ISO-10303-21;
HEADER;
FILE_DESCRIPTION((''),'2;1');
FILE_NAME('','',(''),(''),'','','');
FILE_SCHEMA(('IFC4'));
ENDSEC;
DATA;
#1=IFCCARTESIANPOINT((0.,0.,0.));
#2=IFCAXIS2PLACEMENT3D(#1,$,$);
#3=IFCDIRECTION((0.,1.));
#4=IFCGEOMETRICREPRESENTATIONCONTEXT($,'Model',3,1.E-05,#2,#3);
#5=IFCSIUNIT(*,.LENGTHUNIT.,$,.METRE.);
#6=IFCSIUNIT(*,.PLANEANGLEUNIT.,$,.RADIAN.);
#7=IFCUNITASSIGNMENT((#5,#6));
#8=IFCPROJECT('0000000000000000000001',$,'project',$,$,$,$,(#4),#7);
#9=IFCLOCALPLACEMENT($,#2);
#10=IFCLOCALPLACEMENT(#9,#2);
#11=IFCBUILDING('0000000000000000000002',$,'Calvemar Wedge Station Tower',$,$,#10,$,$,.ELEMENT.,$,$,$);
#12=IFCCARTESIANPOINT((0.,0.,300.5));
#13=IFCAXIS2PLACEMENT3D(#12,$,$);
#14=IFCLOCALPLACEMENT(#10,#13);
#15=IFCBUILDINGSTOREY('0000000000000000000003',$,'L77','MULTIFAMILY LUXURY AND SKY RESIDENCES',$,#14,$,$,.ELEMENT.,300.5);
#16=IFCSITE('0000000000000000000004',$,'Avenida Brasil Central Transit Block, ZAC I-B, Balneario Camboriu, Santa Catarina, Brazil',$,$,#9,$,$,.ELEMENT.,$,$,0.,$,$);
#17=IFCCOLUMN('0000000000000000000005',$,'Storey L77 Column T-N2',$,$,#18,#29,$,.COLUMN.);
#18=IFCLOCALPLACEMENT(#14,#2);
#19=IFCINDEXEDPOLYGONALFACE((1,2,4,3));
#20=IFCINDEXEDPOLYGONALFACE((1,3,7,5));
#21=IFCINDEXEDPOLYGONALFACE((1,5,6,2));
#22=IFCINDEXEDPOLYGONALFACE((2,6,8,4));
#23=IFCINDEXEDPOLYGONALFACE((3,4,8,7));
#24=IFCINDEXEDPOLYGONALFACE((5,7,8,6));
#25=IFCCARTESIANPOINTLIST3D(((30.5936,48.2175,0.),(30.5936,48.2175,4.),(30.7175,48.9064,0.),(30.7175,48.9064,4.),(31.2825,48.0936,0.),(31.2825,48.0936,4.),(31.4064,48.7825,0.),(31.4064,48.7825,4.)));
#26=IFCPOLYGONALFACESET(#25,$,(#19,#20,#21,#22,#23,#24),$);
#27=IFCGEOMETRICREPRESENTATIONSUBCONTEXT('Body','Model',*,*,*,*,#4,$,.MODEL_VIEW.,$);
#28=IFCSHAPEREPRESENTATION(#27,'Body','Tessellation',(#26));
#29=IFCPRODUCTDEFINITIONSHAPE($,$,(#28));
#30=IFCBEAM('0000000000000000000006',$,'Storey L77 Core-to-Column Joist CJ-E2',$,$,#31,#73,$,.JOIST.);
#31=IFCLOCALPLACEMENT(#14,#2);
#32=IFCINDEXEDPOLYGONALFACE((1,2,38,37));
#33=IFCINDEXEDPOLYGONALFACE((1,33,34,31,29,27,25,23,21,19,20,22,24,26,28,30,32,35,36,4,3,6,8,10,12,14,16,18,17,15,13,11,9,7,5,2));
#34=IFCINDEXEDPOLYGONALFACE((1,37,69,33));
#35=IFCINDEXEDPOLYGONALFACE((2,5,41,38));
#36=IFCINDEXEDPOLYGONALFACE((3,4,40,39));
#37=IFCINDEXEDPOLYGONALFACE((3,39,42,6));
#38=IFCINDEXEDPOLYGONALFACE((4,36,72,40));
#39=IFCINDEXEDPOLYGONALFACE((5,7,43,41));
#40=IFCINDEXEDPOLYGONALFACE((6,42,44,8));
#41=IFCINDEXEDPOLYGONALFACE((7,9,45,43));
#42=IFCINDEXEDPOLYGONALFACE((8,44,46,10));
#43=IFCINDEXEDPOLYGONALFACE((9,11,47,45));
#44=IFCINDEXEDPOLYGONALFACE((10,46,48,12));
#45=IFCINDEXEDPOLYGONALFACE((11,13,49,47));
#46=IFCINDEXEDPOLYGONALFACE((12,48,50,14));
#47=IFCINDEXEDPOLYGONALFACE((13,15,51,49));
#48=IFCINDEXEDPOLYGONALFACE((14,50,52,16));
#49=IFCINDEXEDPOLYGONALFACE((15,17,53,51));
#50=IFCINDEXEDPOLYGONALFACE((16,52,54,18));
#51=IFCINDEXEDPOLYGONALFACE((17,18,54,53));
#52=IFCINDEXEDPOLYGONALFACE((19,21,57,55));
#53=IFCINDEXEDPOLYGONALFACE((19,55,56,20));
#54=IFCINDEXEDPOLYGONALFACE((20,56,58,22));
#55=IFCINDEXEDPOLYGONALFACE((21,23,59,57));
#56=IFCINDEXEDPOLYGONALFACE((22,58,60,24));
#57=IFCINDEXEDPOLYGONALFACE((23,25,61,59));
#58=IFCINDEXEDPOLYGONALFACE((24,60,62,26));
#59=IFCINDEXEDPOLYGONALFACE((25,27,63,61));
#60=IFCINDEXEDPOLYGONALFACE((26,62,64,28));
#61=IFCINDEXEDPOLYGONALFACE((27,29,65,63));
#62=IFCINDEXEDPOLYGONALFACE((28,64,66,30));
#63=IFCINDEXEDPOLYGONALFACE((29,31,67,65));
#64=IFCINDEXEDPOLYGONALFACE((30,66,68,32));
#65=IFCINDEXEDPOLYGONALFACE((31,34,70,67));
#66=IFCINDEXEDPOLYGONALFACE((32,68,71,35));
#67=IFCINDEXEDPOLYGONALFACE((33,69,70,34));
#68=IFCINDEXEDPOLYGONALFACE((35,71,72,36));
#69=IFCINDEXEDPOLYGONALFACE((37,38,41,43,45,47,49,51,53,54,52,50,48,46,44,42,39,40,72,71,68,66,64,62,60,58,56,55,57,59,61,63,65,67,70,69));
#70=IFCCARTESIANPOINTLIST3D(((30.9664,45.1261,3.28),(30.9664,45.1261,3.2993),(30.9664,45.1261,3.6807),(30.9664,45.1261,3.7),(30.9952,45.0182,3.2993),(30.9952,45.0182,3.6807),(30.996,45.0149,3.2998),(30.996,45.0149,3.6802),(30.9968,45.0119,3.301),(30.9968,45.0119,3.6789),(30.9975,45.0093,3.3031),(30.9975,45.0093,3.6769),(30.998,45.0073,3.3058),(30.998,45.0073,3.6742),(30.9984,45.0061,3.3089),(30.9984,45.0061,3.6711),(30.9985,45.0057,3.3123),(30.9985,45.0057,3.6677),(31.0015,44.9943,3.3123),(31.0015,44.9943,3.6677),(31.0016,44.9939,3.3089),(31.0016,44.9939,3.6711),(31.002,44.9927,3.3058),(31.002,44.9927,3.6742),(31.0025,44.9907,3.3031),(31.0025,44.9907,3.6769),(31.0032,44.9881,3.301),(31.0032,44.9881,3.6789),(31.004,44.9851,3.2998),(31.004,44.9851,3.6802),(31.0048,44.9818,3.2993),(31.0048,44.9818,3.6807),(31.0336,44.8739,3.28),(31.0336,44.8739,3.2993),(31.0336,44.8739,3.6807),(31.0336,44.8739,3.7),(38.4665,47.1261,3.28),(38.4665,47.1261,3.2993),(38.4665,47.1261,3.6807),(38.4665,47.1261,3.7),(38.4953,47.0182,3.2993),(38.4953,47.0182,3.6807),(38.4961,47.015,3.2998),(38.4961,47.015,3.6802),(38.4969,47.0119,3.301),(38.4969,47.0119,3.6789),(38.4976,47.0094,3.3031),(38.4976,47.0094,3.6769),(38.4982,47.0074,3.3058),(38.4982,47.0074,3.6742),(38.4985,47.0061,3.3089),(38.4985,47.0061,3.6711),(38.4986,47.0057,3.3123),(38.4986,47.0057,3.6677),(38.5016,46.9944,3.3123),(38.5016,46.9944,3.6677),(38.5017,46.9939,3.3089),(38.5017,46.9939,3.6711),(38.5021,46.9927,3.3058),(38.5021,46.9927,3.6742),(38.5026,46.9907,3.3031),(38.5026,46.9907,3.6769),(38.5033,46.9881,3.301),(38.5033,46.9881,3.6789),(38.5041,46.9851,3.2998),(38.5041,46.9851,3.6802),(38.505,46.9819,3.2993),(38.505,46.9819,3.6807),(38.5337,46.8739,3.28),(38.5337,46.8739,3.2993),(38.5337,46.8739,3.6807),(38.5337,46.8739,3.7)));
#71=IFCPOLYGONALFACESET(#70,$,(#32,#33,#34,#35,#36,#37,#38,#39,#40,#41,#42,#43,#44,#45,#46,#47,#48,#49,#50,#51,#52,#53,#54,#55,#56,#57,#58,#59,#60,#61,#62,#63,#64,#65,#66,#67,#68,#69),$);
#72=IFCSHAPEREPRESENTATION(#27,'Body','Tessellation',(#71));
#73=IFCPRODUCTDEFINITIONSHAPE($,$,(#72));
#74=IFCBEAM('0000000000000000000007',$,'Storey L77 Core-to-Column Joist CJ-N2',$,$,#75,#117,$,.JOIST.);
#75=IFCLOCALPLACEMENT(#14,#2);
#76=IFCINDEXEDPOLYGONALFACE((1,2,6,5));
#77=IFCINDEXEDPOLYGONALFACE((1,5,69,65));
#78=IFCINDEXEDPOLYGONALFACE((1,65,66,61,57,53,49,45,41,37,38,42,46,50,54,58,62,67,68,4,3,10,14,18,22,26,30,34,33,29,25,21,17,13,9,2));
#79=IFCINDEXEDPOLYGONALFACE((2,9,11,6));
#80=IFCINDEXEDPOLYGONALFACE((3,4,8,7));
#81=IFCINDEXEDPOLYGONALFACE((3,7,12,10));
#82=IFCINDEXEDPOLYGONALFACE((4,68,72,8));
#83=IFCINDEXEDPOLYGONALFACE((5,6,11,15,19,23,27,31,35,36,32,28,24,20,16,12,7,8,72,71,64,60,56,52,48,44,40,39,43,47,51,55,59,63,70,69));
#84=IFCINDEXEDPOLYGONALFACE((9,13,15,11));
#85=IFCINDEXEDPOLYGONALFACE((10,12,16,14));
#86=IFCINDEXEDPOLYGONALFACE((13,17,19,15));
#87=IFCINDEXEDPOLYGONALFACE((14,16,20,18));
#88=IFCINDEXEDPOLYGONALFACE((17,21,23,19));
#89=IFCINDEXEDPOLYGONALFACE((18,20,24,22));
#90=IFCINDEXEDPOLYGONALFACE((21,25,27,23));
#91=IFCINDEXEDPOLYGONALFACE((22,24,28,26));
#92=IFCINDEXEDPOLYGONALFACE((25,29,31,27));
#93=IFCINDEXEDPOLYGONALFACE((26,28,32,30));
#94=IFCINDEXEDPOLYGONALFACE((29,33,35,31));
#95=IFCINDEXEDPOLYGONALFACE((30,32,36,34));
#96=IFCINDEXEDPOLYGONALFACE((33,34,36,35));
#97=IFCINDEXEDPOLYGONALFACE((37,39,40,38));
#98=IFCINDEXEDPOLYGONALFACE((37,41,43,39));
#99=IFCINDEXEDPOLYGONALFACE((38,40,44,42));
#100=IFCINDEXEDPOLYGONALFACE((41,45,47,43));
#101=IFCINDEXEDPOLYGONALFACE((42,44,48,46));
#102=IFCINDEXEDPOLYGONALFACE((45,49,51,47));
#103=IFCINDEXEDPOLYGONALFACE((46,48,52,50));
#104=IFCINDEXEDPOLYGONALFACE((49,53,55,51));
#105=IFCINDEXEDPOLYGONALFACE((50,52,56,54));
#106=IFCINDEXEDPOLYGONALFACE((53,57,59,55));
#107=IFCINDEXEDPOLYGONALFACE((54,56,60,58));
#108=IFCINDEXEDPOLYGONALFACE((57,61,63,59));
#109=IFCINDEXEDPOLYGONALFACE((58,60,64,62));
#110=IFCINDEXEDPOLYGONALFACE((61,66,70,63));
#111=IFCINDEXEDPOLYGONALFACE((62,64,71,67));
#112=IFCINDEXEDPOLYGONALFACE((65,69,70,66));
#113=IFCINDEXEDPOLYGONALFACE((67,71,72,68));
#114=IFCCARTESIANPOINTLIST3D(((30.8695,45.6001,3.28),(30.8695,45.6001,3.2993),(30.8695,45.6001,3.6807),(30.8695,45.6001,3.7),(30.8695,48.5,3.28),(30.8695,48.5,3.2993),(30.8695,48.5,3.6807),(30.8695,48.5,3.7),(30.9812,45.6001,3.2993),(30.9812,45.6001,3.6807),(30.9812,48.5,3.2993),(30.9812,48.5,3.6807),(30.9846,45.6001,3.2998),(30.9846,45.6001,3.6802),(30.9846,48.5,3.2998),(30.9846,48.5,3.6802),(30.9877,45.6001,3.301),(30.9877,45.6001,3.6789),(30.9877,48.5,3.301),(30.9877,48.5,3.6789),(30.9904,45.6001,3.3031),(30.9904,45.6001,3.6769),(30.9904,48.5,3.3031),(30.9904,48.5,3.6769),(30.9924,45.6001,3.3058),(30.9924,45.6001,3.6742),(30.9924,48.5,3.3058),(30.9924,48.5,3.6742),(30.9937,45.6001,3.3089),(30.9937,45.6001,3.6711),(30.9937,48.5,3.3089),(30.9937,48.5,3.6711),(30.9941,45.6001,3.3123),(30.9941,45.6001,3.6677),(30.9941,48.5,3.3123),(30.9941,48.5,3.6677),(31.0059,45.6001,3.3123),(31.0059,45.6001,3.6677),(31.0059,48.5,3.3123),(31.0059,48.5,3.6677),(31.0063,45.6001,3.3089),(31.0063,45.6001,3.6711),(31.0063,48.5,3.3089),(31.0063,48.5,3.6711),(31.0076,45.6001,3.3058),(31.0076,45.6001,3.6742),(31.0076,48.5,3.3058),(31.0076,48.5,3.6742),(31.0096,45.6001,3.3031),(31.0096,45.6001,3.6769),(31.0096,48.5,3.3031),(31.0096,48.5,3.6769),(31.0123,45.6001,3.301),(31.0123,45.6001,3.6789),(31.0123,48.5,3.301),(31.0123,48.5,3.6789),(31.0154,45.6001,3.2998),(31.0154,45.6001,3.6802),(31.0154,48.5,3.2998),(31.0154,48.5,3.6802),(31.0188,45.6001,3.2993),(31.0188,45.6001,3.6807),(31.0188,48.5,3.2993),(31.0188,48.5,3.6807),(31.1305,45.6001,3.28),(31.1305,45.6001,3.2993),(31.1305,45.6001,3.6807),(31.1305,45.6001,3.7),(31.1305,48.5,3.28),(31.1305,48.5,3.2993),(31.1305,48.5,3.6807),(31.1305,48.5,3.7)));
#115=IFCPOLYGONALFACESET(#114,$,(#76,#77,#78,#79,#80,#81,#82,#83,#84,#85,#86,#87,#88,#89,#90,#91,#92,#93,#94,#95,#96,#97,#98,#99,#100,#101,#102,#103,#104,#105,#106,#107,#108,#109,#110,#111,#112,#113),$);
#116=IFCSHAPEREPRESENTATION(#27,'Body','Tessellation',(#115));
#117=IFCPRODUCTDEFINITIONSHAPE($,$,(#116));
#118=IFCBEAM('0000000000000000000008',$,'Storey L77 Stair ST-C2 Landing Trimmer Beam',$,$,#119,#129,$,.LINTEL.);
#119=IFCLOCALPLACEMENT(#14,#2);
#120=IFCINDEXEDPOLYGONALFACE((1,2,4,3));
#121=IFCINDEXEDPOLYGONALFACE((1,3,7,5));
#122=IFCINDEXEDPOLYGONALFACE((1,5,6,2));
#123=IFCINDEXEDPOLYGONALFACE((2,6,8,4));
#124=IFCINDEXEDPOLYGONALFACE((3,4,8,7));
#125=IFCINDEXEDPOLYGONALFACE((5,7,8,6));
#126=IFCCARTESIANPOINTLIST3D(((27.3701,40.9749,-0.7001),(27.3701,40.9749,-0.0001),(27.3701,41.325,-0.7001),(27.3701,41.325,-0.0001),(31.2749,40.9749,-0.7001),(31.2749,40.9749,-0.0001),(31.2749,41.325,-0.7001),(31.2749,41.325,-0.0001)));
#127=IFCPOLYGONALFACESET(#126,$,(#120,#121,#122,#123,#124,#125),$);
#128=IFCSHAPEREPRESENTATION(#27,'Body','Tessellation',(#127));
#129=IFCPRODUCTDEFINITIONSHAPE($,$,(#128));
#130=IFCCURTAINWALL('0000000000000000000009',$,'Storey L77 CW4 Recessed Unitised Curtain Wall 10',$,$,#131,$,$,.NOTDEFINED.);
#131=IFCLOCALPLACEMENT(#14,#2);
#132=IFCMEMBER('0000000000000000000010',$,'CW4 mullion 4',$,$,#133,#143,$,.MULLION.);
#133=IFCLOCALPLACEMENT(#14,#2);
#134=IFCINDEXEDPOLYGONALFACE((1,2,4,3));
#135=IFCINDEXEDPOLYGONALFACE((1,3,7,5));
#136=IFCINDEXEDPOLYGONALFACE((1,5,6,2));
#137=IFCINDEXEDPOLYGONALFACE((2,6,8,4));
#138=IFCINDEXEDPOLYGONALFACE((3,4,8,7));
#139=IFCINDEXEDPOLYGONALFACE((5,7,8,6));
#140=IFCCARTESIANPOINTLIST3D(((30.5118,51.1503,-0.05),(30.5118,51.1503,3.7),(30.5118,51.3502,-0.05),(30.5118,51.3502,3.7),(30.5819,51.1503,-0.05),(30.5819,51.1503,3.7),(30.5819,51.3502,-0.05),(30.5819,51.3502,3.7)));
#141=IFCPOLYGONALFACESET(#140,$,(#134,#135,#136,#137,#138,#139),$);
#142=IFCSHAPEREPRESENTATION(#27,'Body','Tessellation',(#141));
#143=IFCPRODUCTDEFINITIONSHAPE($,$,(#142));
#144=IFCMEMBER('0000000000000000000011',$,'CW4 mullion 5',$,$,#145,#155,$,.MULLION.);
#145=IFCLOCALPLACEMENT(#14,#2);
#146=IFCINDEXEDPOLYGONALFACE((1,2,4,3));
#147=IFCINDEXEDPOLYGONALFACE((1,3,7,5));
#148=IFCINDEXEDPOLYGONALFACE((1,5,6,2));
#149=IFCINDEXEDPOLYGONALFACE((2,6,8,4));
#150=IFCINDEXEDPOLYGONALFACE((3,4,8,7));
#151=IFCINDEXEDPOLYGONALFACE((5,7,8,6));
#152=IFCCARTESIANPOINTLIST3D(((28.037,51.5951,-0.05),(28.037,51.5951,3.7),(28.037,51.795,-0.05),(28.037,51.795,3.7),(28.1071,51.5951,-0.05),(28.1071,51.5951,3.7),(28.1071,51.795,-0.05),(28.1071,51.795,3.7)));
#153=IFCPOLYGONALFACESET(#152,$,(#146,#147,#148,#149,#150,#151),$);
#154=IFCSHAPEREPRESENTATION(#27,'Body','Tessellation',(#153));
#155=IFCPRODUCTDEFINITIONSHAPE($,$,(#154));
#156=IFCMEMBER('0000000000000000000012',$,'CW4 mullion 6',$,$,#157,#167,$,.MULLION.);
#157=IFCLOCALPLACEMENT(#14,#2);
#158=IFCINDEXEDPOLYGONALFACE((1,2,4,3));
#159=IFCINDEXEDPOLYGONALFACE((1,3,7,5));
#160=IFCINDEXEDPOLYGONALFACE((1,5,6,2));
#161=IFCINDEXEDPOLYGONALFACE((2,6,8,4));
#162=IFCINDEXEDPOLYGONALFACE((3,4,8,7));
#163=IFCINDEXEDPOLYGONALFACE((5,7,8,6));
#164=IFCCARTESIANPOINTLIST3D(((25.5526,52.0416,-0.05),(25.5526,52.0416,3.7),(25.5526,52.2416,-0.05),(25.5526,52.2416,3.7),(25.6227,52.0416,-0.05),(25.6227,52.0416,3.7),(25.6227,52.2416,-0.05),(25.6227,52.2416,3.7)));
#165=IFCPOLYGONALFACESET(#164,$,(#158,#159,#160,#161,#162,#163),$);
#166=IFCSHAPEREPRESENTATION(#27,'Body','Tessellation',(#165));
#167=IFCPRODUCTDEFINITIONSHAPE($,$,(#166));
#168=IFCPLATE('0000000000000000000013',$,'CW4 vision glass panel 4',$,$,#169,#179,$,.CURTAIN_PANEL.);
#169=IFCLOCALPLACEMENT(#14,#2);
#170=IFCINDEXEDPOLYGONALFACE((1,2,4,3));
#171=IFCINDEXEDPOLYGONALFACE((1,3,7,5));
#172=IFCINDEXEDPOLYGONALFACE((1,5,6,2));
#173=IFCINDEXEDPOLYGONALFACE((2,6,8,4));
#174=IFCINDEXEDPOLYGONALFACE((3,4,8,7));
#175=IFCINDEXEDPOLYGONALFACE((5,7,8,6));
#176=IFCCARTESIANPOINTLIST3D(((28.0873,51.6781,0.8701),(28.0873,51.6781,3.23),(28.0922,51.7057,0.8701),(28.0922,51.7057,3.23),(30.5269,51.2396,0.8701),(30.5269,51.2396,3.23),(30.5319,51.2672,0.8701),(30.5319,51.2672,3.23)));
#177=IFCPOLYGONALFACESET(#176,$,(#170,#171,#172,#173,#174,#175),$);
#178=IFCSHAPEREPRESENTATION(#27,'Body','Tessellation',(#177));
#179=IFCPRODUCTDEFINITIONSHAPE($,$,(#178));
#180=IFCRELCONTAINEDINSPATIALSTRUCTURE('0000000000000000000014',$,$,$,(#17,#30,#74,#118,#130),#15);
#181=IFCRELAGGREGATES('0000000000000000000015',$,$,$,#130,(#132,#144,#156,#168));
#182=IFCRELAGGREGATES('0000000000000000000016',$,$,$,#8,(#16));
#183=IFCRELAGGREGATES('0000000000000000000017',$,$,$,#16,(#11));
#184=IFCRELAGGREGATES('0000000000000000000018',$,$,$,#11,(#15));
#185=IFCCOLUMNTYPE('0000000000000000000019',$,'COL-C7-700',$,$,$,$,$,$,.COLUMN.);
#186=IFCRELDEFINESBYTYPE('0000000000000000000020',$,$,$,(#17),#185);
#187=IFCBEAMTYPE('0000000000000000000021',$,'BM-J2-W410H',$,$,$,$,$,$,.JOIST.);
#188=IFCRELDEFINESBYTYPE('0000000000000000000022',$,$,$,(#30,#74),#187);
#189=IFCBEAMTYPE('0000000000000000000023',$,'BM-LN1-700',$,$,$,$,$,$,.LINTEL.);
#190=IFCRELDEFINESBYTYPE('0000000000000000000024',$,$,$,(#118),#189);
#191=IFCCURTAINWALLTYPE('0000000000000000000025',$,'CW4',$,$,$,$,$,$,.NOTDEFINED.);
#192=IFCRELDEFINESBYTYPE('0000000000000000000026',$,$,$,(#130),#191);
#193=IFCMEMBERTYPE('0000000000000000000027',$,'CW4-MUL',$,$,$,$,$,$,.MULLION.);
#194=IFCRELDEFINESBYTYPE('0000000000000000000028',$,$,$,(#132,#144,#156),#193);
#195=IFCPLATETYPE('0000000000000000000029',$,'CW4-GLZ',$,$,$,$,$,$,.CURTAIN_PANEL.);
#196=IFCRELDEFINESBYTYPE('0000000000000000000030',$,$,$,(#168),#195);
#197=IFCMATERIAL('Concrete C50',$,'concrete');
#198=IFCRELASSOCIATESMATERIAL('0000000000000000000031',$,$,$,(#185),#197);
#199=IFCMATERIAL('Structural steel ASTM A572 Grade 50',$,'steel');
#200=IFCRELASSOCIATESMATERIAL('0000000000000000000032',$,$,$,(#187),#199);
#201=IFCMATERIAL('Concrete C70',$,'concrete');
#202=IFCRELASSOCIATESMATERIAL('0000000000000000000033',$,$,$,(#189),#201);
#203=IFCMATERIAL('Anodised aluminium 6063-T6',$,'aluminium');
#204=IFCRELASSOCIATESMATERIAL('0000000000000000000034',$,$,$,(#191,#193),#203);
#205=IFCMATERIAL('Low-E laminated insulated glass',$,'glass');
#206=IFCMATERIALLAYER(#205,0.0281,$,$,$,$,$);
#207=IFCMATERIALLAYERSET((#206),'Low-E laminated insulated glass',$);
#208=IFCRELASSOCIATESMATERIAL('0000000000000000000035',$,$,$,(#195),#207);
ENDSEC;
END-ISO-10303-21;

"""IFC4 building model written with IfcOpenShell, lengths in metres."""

from ifc_helpers import new_model, si_unit, direction, frame, frame_2d, origin, origin_2d, place, context, subcontext, project, spatial, rectangle, i_section, extrude, source, transform, mapped, material, layer, layer_set, material_profile, profile_set, type_object, element, aggregate, save


model = new_model("IFC4")

# Units and contexts
model_context = context("Model", 3, precision=1e-05, world=origin(), true_north=direction((0.0, 1.0)))
body_context = subcontext(model_context, "Body", "Model", "MODEL_VIEW")
ifc_project = project(units=[si_unit("LENGTHUNIT", "METRE"), si_unit("PLANEANGLEUNIT", "RADIAN")], contexts=[model_context])

# Site, building, storey
site_placement = place(None, origin())
site = spatial("IfcSite", under=ifc_project, at=site_placement, Name="Avenida Brasil Central Transit Block, ZAC I-B, Balneario Camboriu, Santa Catarina, Brazil", CompositionType="ELEMENT", RefElevation=0.0)
building_placement = place(site_placement, origin())
building = spatial("IfcBuilding", under=site, at=building_placement, Name="Calvemar Wedge Station Tower", CompositionType="ELEMENT")
storey_placement = place(building_placement, frame((0.0, 0.0, 300.5)))
storey = spatial("IfcBuildingStorey", under=building, at=storey_placement, Name="L77", Description="MULTIFAMILY LUXURY AND SKY RESIDENCES", CompositionType="ELEMENT", Elevation=300.5)

# Column
ifc_material_1 = material(Name="Concrete C50", Category="concrete")
ifc_material_profile_1 = material_profile(ifc_material_1, rectangle(XDim=0.7, YDim=0.7, at=origin_2d()), Name="RC700x700")
ifc_profile_set_1 = profile_set([ifc_material_profile_1], Name="Concrete C50")
column_type = type_object("IfcColumnType", Name="COL-C7-700", PredefinedType="COLUMN", material=ifc_profile_set_1)
shared_shape_1 = source(origin(), body_context, "Body", "SweptSolid", [
    extrude(rectangle(XDim=0.7, YDim=0.7, at=origin_2d()), origin(), (0.0, 0.0, 1.0), 4.0),
])
column_placement = place(storey_placement, frame((31.0, 48.5, 0.0), z_axis=(0.0, 0.0, 1.0), x_axis=(0.984196, -0.177085, 0.0)))
element("IfcColumn", 1, at=column_placement, inside=storey, type_object=column_type, Name="Storey L77 Column T-N2", PredefinedType="COLUMN", context=body_context, shape_type="MappedRepresentation", body=[
    mapped(shared_shape_1, transform((0.0, 0.0, 0.0), scale=1.0)),
])

# Beams
ifc_material_2 = material(Name="Structural steel ASTM A572 Grade 50", Category="steel")
ifc_material_profile_2 = material_profile(ifc_material_2, i_section(OverallWidth=0.261, OverallDepth=0.4199, WebThickness=0.0117, FlangeThickness=0.0193, FilletRadius=0.0129, at=origin_2d()), Name="W410x114")
ifc_profile_set_2 = profile_set([ifc_material_profile_2], Name="Structural steel ASTM A572 Grade 50")
beam_type_1 = type_object("IfcBeamType", Name="BM-J2-W410H", PredefinedType="JOIST", material=ifc_profile_set_2)
shared_shape_2 = source(origin(), body_context, "Body", "SweptSolid", [
    extrude(i_section(OverallWidth=0.261, OverallDepth=0.4199, WebThickness=0.0117, FlangeThickness=0.0193, FilletRadius=0.0129, at=origin_2d()), origin(), (0.0, 0.0, 1.0), 7.7622),
])
beam_1_placement = place(storey_placement, frame((31.0, 45.0, 3.49), z_axis=(0.966235, 0.257663, 0.0), x_axis=(-0.257663, 0.966235, 0.0)))
element("IfcBeam", 2, at=beam_1_placement, inside=storey, type_object=beam_type_1, Name="Storey L77 Core-to-Column Joist CJ-E2", PredefinedType="JOIST", context=body_context, shape_type="MappedRepresentation", body=[
    mapped(shared_shape_2, transform((0.0, 0.0, 0.0), scale=1.0)),
])
shared_shape_3 = source(origin(), body_context, "Body", "SweptSolid", [
    extrude(i_section(OverallWidth=0.261, OverallDepth=0.4199, WebThickness=0.0117, FlangeThickness=0.0193, FilletRadius=0.0129, at=origin_2d()), origin(), (0.0, 0.0, 1.0), 2.8999),
])
beam_2_placement = place(storey_placement, frame((31.0, 45.6001, 3.49), z_axis=(0.0, 1.0, 0.0), x_axis=(-1.0, 0.0, 0.0)))
element("IfcBeam", 3, at=beam_2_placement, inside=storey, type_object=beam_type_1, Name="Storey L77 Core-to-Column Joist CJ-N2", PredefinedType="JOIST", context=body_context, shape_type="MappedRepresentation", body=[
    mapped(shared_shape_3, transform((0.0, 0.0, 0.0), scale=1.0)),
])
ifc_material_3 = material(Name="Concrete C70", Category="concrete")
ifc_material_profile_3 = material_profile(ifc_material_3, rectangle(XDim=0.3501, YDim=0.7, at=origin_2d()), Name="RC350x700")
ifc_profile_set_3 = profile_set([ifc_material_profile_3], Name="Concrete C70")
beam_type_2 = type_object("IfcBeamType", Name="BM-LN1-700", PredefinedType="LINTEL", material=ifc_profile_set_3)
shared_shape_4 = source(origin(), body_context, "Body", "SweptSolid", [
    extrude(rectangle(XDim=0.3501, YDim=0.7, at=origin_2d()), origin(), (0.0, 0.0, 1.0), 3.9048),
])
beam_3_placement = place(storey_placement, frame((27.3701, 41.1499, -0.3501), z_axis=(1.0, 0.0, 0.0), x_axis=(0.0, 1.0, 0.0)))
element("IfcBeam", 4, at=beam_3_placement, inside=storey, type_object=beam_type_2, Name="Storey L77 Stair ST-C2 Landing Trimmer Beam", PredefinedType="LINTEL", context=body_context, shape_type="MappedRepresentation", body=[
    mapped(shared_shape_4, transform((0.0, 0.0, 0.0), scale=1.0)),
])

# Curtain wall, members, plate
ifc_material_4 = material(Name="Anodised aluminium 6063-T6", Category="aluminium")
curtain_wall_type = type_object("IfcCurtainWallType", Name="CW4", PredefinedType="NOTDEFINED", material=ifc_material_4)
curtain_wall_placement = place(storey_placement, origin())
curtain_wall = element("IfcCurtainWall", 5, at=curtain_wall_placement, inside=storey, type_object=curtain_wall_type, Name="Storey L77 CW4 Recessed Unitised Curtain Wall 10", PredefinedType="NOTDEFINED")
ifc_material_profile_4 = material_profile(ifc_material_4, rectangle(XDim=0.0701, YDim=0.2, at=origin_2d()), Name="AL-MUL-70x200")
ifc_profile_set_4 = profile_set([ifc_material_profile_4], Name="Anodised aluminium 6063-T6")
member_type = type_object("IfcMemberType", Name="CW4-MUL", PredefinedType="MULLION", material=ifc_profile_set_4)
shared_shape_5 = source(origin(), body_context, "Body", "SweptSolid", [
    extrude(rectangle(XDim=0.0701, YDim=0.2, at=origin_2d()), origin(), (0.0, 0.0, 1.0), 3.75),
])
member_1_placement = place(storey_placement, frame((30.5469, 51.2502, -0.05), z_axis=(0.0, 0.0, 1.0), x_axis=(1.0, 0.0, 0.0)))
member_1 = element("IfcMember", 6, at=member_1_placement, type_object=member_type, Name="CW4 mullion 4", PredefinedType="MULLION", context=body_context, shape_type="MappedRepresentation", body=[
    mapped(shared_shape_5, transform((0.0, 0.0, 0.0), scale=1.0)),
])
member_2_placement = place(storey_placement, frame((28.072, 51.6951, -0.05), z_axis=(0.0, 0.0, 1.0), x_axis=(1.0, 0.0, 0.0)))
member_2 = element("IfcMember", 7, at=member_2_placement, type_object=member_type, Name="CW4 mullion 5", PredefinedType="MULLION", context=body_context, shape_type="MappedRepresentation", body=[
    mapped(shared_shape_5, transform((0.0, 0.0, 0.0), scale=1.0)),
])
member_3_placement = place(storey_placement, frame((25.5876, 52.1416, -0.05), z_axis=(0.0, 0.0, 1.0), x_axis=(1.0, 0.0, 0.0)))
member_3 = element("IfcMember", 8, at=member_3_placement, type_object=member_type, Name="CW4 mullion 6", PredefinedType="MULLION", context=body_context, shape_type="MappedRepresentation", body=[
    mapped(shared_shape_5, transform((0.0, 0.0, 0.0), scale=1.0)),
])
ifc_material_5 = material(Name="Low-E laminated insulated glass", Category="glass")
ifc_layer_1 = layer(ifc_material_5, 0.0281)
ifc_layer_set_1 = layer_set([ifc_layer_1], Name="Low-E laminated insulated glass")
plate_type_1 = type_object("IfcPlateType", Name="CW4-GLZ", PredefinedType="CURTAIN_PANEL", material=ifc_layer_set_1)
plate_1_placement = place(storey_placement, frame((30.5293, 51.2534, 0.8701), z_axis=(0.0, 0.0, 1.0), x_axis=(-0.98423, 0.176892, 0.0)))
plate_1 = element("IfcPlate", 9, at=plate_1_placement, type_object=plate_type_1, Name="CW4 vision glass panel 4", PredefinedType="CURTAIN_PANEL", context=body_context, shape_type="SweptSolid", body=[
    extrude(rectangle(XDim=2.4788, YDim=0.0281, at=frame_2d((1.2393, 0.0))), origin(), (0.0, 0.0, 1.0), 2.3599),
])
aggregate(curtain_wall, [member_1, member_2, member_3, plate_1])

save(model, "model.ifc")
